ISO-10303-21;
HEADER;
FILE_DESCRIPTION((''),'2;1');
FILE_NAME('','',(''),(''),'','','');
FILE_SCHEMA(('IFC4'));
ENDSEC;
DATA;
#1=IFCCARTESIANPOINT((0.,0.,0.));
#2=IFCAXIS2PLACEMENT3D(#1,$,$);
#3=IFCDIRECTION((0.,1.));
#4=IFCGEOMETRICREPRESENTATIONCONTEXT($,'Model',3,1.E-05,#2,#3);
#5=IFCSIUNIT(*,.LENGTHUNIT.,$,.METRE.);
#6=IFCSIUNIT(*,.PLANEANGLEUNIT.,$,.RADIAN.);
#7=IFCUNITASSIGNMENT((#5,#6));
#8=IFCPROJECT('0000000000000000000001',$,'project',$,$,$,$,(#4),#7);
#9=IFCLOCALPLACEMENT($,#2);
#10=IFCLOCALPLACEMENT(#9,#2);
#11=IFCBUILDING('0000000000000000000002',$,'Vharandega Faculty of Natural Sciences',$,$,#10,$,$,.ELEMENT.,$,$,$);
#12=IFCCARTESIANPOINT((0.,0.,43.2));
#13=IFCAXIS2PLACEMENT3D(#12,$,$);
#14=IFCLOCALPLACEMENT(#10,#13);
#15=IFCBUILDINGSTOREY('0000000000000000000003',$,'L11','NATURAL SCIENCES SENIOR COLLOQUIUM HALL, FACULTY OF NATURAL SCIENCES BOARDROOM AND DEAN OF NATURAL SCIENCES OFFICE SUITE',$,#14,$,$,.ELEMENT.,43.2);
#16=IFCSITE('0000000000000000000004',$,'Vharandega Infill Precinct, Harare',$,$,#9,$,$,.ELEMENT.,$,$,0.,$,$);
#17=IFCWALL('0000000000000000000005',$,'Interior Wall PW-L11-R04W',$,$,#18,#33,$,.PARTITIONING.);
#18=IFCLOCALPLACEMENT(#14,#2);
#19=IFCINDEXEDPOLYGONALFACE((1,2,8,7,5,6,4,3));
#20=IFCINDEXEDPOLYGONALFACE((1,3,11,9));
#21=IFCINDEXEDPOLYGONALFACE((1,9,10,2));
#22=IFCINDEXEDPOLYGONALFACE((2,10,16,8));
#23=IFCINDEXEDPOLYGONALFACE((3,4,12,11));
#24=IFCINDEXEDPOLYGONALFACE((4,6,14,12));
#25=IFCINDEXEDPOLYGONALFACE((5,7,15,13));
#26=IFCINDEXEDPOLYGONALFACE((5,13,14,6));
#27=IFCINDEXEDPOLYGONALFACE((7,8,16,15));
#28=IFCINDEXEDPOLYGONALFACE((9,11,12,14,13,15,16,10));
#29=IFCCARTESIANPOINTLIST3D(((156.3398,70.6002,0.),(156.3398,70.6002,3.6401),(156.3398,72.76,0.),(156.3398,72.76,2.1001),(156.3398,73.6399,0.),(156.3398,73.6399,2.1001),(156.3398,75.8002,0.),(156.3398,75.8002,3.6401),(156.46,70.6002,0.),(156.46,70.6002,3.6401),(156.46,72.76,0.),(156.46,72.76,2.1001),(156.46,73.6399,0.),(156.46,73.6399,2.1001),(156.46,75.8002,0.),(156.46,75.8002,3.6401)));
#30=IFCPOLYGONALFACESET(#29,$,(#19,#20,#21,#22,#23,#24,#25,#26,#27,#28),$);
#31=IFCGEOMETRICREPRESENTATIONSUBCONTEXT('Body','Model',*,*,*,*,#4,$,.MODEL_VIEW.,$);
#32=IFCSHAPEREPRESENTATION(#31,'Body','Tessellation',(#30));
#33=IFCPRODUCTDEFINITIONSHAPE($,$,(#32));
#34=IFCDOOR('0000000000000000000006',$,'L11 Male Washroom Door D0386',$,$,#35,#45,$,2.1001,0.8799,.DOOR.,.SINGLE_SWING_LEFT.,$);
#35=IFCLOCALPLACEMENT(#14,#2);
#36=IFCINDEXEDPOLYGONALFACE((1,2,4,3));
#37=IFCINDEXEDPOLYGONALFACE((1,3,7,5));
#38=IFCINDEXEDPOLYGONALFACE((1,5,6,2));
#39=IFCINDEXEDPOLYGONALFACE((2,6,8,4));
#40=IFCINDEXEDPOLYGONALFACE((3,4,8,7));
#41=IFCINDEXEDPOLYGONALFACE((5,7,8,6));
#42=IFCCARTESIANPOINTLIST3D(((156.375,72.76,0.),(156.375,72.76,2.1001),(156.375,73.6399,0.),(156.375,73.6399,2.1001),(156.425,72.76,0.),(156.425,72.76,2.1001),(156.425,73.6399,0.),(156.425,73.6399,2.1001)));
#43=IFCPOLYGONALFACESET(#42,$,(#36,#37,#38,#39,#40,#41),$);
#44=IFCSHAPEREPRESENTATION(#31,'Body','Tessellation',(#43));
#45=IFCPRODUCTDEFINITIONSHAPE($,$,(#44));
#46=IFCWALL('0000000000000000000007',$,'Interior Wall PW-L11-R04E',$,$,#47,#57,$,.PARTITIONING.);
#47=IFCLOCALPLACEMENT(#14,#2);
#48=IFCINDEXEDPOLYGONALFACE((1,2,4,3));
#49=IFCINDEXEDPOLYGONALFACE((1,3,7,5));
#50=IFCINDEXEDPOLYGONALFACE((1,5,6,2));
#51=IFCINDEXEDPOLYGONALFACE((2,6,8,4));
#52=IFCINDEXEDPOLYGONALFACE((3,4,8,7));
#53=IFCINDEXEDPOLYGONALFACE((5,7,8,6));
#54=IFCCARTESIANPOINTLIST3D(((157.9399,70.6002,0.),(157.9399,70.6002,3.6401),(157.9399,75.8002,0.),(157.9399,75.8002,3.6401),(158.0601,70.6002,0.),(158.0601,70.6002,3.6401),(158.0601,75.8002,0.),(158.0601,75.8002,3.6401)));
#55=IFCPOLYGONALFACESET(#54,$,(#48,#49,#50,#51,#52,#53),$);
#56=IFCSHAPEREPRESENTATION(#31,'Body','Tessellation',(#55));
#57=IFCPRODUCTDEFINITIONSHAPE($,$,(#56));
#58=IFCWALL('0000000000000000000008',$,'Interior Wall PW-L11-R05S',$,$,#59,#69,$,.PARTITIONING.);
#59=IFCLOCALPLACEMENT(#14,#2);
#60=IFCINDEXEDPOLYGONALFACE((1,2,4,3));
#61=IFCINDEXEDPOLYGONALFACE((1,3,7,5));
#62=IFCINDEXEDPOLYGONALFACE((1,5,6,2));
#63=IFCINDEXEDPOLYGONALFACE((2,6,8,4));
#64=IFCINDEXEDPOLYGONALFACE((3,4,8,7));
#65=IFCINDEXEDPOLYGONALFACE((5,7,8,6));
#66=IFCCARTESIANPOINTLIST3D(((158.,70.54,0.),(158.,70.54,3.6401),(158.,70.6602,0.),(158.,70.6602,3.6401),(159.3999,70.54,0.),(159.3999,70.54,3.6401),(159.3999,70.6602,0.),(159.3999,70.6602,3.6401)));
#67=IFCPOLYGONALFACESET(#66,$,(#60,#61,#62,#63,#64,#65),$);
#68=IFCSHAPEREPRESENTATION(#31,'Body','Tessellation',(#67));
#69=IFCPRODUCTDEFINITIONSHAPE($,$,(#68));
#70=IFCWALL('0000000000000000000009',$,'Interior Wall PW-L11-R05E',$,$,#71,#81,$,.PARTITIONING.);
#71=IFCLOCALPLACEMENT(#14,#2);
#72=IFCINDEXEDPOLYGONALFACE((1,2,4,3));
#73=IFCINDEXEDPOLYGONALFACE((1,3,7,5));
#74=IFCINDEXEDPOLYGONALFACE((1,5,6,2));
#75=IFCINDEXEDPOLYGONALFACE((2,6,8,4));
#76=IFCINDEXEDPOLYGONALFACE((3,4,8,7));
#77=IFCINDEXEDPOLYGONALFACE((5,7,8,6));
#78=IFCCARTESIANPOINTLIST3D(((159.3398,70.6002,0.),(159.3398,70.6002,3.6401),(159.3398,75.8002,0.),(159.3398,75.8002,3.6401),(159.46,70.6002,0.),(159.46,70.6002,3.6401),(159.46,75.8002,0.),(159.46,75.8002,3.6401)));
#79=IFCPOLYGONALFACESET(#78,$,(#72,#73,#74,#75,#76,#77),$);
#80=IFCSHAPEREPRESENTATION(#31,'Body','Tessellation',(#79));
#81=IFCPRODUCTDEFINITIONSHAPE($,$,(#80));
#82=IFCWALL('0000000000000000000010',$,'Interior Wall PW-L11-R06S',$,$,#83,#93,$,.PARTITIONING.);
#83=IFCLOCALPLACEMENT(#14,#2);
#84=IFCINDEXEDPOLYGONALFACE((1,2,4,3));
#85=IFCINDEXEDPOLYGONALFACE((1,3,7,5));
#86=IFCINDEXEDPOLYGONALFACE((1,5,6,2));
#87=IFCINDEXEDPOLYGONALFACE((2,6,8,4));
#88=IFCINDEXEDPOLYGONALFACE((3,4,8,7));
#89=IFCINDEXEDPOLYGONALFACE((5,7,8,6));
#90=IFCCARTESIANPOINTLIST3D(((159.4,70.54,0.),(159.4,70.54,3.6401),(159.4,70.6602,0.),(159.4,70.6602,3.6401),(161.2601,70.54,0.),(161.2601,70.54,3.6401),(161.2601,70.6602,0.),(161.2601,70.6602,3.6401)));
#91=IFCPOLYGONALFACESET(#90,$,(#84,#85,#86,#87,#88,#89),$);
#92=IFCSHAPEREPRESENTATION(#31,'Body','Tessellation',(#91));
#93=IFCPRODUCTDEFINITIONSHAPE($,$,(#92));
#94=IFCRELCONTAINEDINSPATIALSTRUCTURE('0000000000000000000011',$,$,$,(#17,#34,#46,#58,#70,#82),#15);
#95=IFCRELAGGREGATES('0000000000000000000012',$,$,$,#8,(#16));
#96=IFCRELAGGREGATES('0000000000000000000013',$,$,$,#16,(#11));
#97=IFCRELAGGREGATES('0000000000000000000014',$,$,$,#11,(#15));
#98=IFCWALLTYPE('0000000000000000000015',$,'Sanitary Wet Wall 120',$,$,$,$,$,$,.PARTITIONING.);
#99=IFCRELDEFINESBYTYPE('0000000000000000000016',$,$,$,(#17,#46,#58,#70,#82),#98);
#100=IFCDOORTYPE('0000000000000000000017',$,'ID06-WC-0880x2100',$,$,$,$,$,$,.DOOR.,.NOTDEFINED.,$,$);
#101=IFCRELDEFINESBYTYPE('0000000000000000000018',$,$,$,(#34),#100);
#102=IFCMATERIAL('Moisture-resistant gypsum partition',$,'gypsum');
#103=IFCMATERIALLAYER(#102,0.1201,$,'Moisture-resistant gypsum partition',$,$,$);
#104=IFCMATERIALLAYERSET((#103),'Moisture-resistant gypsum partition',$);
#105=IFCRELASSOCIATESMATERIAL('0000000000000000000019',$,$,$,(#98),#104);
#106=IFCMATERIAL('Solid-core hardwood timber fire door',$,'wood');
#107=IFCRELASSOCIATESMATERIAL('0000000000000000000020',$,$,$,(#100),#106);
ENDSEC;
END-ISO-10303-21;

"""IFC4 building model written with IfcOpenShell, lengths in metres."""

from ifc_helpers import new_model, si_unit, direction, frame, frame_2d, origin, place, context, subcontext, project, spatial, rectangle, extrude, material, layer, layer_set, type_object, element, fill, save


model = new_model("IFC4")

# Units and contexts
model_context = context("Model", 3, precision=1e-05, world=origin(), true_north=direction((0.0, 1.0)))
body_context = subcontext(model_context, "Body", "Model", "MODEL_VIEW")
ifc_project = project(units=[si_unit("LENGTHUNIT", "METRE"), si_unit("PLANEANGLEUNIT", "RADIAN")], contexts=[model_context])

# Site, building, storey
site_placement = place(None, origin())
site = spatial("IfcSite", under=ifc_project, at=site_placement, Name="Vharandega Infill Precinct, Harare", CompositionType="ELEMENT", RefElevation=0.0)
building_placement = place(site_placement, origin())
building = spatial("IfcBuilding", under=site, at=building_placement, Name="Vharandega Faculty of Natural Sciences", CompositionType="ELEMENT")
storey_placement = place(building_placement, frame((0.0, 0.0, 43.2)))
storey = spatial("IfcBuildingStorey", under=building, at=storey_placement, Name="L11", Description="NATURAL SCIENCES SENIOR COLLOQUIUM HALL, FACULTY OF NATURAL SCIENCES BOARDROOM AND DEAN OF NATURAL SCIENCES OFFICE SUITE", CompositionType="ELEMENT", Elevation=43.2)

# Shared definitions
ifc_material_1 = material(Name="Moisture-resistant gypsum partition", Category="gypsum")
ifc_layer_1 = layer(ifc_material_1, 0.1201, Name="Moisture-resistant gypsum partition")
ifc_layer_set_1 = layer_set([ifc_layer_1], Name="Moisture-resistant gypsum partition")
wall_type_1 = type_object("IfcWallType", Name="Sanitary Wet Wall 120", PredefinedType="PARTITIONING", material=ifc_layer_set_1)

# Wall, opening, door
wall_1_placement = place(storey_placement, frame((156.3999, 70.6001, 0.0), z_axis=(0.0, 0.0, 1.0), x_axis=(0.0, 1.0, 0.0)))
wall_1 = element("IfcWall", 1, at=wall_1_placement, inside=storey, type_object=wall_type_1, Name="Interior Wall PW-L11-R04W", PredefinedType="PARTITIONING", context=body_context, shape_type="SweptSolid", body=[
    extrude(rectangle(XDim=5.2, YDim=0.1201, at=frame_2d((2.6001, 0.0))), origin(), (0.0, 0.0, 1.0), 3.6401),
])
opening_1_placement = place(wall_1_placement, frame((2.1599, 0.0, 0.0)))
opening_1 = element("IfcOpeningElement", 2, at=opening_1_placement, cuts=wall_1, PredefinedType="OPENING", context=body_context, shape_type="SweptSolid", body=[
    extrude(rectangle(XDim=0.8799, YDim=2.1001, at=frame_2d((0.4399, 1.05))), frame((0.0, 0.0701, 0.0), z_axis=(0.0, -1.0, 0.0), x_axis=(1.0, 0.0, 0.0)), (0.0, 0.0, 1.0), 0.1401),
])
ifc_material_2 = material(Name="Solid-core hardwood timber fire door", Category="wood")
door_type_1 = type_object("IfcDoorType", Name="ID06-WC-0880x2100", OperationType="NOTDEFINED", PredefinedType="DOOR", material=ifc_material_2)
door_1_placement = place(opening_1_placement, origin())
door_1 = element("IfcDoor", 3, at=door_1_placement, inside=storey, type_object=door_type_1, Name="L11 Male Washroom Door D0386", OperationType="SINGLE_SWING_LEFT", OverallHeight=2.1001, OverallWidth=0.8799, PredefinedType="DOOR", context=body_context, shape_type="SweptSolid", body=[
    extrude(rectangle(XDim=0.8799, YDim=2.1001, at=frame_2d((0.4399, 1.05))), frame((0.0, 0.0249, 0.0), z_axis=(0.0, -1.0, 0.0), x_axis=(1.0, 0.0, 0.0)), (0.0, 0.0, 1.0), 0.05),
])
fill(opening_1, door_1)

# Walls
wall_2_placement = place(storey_placement, frame((158.0, 70.6001, 0.0), z_axis=(0.0, 0.0, 1.0), x_axis=(0.0, 1.0, 0.0)))
element("IfcWall", 4, at=wall_2_placement, inside=storey, type_object=wall_type_1, Name="Interior Wall PW-L11-R04E", PredefinedType="PARTITIONING", context=body_context, shape_type="SweptSolid", body=[
    extrude(rectangle(XDim=5.2, YDim=0.1201, at=frame_2d((2.6001, 0.0))), origin(), (0.0, 0.0, 1.0), 3.6401),
])
wall_3_placement = place(storey_placement, frame((158.0, 70.6001, 0.0), z_axis=(0.0, 0.0, 1.0), x_axis=(1.0, 0.0, 0.0)))
element("IfcWall", 5, at=wall_3_placement, inside=storey, type_object=wall_type_1, Name="Interior Wall PW-L11-R05S", PredefinedType="PARTITIONING", context=body_context, shape_type="SweptSolid", body=[
    extrude(rectangle(XDim=1.3999, YDim=0.1201, at=frame_2d((0.7, 0.0))), origin(), (0.0, 0.0, 1.0), 3.6401),
])
wall_4_placement = place(storey_placement, frame((159.3999, 70.6001, 0.0), z_axis=(0.0, 0.0, 1.0), x_axis=(0.0, 1.0, 0.0)))
element("IfcWall", 6, at=wall_4_placement, inside=storey, type_object=wall_type_1, Name="Interior Wall PW-L11-R05E", PredefinedType="PARTITIONING", context=body_context, shape_type="SweptSolid", body=[
    extrude(rectangle(XDim=5.2, YDim=0.1201, at=frame_2d((2.6001, 0.0))), origin(), (0.0, 0.0, 1.0), 3.6401),
])
wall_5_placement = place(storey_placement, frame((159.3999, 70.6001, 0.0), z_axis=(0.0, 0.0, 1.0), x_axis=(1.0, 0.0, 0.0)))
element("IfcWall", 7, at=wall_5_placement, inside=storey, type_object=wall_type_1, Name="Interior Wall PW-L11-R06S", PredefinedType="PARTITIONING", context=body_context, shape_type="SweptSolid", body=[
    extrude(rectangle(XDim=1.8601, YDim=0.1201, at=frame_2d((0.9302, 0.0))), origin(), (0.0, 0.0, 1.0), 3.6401),
])

save(model, "model.ifc")
